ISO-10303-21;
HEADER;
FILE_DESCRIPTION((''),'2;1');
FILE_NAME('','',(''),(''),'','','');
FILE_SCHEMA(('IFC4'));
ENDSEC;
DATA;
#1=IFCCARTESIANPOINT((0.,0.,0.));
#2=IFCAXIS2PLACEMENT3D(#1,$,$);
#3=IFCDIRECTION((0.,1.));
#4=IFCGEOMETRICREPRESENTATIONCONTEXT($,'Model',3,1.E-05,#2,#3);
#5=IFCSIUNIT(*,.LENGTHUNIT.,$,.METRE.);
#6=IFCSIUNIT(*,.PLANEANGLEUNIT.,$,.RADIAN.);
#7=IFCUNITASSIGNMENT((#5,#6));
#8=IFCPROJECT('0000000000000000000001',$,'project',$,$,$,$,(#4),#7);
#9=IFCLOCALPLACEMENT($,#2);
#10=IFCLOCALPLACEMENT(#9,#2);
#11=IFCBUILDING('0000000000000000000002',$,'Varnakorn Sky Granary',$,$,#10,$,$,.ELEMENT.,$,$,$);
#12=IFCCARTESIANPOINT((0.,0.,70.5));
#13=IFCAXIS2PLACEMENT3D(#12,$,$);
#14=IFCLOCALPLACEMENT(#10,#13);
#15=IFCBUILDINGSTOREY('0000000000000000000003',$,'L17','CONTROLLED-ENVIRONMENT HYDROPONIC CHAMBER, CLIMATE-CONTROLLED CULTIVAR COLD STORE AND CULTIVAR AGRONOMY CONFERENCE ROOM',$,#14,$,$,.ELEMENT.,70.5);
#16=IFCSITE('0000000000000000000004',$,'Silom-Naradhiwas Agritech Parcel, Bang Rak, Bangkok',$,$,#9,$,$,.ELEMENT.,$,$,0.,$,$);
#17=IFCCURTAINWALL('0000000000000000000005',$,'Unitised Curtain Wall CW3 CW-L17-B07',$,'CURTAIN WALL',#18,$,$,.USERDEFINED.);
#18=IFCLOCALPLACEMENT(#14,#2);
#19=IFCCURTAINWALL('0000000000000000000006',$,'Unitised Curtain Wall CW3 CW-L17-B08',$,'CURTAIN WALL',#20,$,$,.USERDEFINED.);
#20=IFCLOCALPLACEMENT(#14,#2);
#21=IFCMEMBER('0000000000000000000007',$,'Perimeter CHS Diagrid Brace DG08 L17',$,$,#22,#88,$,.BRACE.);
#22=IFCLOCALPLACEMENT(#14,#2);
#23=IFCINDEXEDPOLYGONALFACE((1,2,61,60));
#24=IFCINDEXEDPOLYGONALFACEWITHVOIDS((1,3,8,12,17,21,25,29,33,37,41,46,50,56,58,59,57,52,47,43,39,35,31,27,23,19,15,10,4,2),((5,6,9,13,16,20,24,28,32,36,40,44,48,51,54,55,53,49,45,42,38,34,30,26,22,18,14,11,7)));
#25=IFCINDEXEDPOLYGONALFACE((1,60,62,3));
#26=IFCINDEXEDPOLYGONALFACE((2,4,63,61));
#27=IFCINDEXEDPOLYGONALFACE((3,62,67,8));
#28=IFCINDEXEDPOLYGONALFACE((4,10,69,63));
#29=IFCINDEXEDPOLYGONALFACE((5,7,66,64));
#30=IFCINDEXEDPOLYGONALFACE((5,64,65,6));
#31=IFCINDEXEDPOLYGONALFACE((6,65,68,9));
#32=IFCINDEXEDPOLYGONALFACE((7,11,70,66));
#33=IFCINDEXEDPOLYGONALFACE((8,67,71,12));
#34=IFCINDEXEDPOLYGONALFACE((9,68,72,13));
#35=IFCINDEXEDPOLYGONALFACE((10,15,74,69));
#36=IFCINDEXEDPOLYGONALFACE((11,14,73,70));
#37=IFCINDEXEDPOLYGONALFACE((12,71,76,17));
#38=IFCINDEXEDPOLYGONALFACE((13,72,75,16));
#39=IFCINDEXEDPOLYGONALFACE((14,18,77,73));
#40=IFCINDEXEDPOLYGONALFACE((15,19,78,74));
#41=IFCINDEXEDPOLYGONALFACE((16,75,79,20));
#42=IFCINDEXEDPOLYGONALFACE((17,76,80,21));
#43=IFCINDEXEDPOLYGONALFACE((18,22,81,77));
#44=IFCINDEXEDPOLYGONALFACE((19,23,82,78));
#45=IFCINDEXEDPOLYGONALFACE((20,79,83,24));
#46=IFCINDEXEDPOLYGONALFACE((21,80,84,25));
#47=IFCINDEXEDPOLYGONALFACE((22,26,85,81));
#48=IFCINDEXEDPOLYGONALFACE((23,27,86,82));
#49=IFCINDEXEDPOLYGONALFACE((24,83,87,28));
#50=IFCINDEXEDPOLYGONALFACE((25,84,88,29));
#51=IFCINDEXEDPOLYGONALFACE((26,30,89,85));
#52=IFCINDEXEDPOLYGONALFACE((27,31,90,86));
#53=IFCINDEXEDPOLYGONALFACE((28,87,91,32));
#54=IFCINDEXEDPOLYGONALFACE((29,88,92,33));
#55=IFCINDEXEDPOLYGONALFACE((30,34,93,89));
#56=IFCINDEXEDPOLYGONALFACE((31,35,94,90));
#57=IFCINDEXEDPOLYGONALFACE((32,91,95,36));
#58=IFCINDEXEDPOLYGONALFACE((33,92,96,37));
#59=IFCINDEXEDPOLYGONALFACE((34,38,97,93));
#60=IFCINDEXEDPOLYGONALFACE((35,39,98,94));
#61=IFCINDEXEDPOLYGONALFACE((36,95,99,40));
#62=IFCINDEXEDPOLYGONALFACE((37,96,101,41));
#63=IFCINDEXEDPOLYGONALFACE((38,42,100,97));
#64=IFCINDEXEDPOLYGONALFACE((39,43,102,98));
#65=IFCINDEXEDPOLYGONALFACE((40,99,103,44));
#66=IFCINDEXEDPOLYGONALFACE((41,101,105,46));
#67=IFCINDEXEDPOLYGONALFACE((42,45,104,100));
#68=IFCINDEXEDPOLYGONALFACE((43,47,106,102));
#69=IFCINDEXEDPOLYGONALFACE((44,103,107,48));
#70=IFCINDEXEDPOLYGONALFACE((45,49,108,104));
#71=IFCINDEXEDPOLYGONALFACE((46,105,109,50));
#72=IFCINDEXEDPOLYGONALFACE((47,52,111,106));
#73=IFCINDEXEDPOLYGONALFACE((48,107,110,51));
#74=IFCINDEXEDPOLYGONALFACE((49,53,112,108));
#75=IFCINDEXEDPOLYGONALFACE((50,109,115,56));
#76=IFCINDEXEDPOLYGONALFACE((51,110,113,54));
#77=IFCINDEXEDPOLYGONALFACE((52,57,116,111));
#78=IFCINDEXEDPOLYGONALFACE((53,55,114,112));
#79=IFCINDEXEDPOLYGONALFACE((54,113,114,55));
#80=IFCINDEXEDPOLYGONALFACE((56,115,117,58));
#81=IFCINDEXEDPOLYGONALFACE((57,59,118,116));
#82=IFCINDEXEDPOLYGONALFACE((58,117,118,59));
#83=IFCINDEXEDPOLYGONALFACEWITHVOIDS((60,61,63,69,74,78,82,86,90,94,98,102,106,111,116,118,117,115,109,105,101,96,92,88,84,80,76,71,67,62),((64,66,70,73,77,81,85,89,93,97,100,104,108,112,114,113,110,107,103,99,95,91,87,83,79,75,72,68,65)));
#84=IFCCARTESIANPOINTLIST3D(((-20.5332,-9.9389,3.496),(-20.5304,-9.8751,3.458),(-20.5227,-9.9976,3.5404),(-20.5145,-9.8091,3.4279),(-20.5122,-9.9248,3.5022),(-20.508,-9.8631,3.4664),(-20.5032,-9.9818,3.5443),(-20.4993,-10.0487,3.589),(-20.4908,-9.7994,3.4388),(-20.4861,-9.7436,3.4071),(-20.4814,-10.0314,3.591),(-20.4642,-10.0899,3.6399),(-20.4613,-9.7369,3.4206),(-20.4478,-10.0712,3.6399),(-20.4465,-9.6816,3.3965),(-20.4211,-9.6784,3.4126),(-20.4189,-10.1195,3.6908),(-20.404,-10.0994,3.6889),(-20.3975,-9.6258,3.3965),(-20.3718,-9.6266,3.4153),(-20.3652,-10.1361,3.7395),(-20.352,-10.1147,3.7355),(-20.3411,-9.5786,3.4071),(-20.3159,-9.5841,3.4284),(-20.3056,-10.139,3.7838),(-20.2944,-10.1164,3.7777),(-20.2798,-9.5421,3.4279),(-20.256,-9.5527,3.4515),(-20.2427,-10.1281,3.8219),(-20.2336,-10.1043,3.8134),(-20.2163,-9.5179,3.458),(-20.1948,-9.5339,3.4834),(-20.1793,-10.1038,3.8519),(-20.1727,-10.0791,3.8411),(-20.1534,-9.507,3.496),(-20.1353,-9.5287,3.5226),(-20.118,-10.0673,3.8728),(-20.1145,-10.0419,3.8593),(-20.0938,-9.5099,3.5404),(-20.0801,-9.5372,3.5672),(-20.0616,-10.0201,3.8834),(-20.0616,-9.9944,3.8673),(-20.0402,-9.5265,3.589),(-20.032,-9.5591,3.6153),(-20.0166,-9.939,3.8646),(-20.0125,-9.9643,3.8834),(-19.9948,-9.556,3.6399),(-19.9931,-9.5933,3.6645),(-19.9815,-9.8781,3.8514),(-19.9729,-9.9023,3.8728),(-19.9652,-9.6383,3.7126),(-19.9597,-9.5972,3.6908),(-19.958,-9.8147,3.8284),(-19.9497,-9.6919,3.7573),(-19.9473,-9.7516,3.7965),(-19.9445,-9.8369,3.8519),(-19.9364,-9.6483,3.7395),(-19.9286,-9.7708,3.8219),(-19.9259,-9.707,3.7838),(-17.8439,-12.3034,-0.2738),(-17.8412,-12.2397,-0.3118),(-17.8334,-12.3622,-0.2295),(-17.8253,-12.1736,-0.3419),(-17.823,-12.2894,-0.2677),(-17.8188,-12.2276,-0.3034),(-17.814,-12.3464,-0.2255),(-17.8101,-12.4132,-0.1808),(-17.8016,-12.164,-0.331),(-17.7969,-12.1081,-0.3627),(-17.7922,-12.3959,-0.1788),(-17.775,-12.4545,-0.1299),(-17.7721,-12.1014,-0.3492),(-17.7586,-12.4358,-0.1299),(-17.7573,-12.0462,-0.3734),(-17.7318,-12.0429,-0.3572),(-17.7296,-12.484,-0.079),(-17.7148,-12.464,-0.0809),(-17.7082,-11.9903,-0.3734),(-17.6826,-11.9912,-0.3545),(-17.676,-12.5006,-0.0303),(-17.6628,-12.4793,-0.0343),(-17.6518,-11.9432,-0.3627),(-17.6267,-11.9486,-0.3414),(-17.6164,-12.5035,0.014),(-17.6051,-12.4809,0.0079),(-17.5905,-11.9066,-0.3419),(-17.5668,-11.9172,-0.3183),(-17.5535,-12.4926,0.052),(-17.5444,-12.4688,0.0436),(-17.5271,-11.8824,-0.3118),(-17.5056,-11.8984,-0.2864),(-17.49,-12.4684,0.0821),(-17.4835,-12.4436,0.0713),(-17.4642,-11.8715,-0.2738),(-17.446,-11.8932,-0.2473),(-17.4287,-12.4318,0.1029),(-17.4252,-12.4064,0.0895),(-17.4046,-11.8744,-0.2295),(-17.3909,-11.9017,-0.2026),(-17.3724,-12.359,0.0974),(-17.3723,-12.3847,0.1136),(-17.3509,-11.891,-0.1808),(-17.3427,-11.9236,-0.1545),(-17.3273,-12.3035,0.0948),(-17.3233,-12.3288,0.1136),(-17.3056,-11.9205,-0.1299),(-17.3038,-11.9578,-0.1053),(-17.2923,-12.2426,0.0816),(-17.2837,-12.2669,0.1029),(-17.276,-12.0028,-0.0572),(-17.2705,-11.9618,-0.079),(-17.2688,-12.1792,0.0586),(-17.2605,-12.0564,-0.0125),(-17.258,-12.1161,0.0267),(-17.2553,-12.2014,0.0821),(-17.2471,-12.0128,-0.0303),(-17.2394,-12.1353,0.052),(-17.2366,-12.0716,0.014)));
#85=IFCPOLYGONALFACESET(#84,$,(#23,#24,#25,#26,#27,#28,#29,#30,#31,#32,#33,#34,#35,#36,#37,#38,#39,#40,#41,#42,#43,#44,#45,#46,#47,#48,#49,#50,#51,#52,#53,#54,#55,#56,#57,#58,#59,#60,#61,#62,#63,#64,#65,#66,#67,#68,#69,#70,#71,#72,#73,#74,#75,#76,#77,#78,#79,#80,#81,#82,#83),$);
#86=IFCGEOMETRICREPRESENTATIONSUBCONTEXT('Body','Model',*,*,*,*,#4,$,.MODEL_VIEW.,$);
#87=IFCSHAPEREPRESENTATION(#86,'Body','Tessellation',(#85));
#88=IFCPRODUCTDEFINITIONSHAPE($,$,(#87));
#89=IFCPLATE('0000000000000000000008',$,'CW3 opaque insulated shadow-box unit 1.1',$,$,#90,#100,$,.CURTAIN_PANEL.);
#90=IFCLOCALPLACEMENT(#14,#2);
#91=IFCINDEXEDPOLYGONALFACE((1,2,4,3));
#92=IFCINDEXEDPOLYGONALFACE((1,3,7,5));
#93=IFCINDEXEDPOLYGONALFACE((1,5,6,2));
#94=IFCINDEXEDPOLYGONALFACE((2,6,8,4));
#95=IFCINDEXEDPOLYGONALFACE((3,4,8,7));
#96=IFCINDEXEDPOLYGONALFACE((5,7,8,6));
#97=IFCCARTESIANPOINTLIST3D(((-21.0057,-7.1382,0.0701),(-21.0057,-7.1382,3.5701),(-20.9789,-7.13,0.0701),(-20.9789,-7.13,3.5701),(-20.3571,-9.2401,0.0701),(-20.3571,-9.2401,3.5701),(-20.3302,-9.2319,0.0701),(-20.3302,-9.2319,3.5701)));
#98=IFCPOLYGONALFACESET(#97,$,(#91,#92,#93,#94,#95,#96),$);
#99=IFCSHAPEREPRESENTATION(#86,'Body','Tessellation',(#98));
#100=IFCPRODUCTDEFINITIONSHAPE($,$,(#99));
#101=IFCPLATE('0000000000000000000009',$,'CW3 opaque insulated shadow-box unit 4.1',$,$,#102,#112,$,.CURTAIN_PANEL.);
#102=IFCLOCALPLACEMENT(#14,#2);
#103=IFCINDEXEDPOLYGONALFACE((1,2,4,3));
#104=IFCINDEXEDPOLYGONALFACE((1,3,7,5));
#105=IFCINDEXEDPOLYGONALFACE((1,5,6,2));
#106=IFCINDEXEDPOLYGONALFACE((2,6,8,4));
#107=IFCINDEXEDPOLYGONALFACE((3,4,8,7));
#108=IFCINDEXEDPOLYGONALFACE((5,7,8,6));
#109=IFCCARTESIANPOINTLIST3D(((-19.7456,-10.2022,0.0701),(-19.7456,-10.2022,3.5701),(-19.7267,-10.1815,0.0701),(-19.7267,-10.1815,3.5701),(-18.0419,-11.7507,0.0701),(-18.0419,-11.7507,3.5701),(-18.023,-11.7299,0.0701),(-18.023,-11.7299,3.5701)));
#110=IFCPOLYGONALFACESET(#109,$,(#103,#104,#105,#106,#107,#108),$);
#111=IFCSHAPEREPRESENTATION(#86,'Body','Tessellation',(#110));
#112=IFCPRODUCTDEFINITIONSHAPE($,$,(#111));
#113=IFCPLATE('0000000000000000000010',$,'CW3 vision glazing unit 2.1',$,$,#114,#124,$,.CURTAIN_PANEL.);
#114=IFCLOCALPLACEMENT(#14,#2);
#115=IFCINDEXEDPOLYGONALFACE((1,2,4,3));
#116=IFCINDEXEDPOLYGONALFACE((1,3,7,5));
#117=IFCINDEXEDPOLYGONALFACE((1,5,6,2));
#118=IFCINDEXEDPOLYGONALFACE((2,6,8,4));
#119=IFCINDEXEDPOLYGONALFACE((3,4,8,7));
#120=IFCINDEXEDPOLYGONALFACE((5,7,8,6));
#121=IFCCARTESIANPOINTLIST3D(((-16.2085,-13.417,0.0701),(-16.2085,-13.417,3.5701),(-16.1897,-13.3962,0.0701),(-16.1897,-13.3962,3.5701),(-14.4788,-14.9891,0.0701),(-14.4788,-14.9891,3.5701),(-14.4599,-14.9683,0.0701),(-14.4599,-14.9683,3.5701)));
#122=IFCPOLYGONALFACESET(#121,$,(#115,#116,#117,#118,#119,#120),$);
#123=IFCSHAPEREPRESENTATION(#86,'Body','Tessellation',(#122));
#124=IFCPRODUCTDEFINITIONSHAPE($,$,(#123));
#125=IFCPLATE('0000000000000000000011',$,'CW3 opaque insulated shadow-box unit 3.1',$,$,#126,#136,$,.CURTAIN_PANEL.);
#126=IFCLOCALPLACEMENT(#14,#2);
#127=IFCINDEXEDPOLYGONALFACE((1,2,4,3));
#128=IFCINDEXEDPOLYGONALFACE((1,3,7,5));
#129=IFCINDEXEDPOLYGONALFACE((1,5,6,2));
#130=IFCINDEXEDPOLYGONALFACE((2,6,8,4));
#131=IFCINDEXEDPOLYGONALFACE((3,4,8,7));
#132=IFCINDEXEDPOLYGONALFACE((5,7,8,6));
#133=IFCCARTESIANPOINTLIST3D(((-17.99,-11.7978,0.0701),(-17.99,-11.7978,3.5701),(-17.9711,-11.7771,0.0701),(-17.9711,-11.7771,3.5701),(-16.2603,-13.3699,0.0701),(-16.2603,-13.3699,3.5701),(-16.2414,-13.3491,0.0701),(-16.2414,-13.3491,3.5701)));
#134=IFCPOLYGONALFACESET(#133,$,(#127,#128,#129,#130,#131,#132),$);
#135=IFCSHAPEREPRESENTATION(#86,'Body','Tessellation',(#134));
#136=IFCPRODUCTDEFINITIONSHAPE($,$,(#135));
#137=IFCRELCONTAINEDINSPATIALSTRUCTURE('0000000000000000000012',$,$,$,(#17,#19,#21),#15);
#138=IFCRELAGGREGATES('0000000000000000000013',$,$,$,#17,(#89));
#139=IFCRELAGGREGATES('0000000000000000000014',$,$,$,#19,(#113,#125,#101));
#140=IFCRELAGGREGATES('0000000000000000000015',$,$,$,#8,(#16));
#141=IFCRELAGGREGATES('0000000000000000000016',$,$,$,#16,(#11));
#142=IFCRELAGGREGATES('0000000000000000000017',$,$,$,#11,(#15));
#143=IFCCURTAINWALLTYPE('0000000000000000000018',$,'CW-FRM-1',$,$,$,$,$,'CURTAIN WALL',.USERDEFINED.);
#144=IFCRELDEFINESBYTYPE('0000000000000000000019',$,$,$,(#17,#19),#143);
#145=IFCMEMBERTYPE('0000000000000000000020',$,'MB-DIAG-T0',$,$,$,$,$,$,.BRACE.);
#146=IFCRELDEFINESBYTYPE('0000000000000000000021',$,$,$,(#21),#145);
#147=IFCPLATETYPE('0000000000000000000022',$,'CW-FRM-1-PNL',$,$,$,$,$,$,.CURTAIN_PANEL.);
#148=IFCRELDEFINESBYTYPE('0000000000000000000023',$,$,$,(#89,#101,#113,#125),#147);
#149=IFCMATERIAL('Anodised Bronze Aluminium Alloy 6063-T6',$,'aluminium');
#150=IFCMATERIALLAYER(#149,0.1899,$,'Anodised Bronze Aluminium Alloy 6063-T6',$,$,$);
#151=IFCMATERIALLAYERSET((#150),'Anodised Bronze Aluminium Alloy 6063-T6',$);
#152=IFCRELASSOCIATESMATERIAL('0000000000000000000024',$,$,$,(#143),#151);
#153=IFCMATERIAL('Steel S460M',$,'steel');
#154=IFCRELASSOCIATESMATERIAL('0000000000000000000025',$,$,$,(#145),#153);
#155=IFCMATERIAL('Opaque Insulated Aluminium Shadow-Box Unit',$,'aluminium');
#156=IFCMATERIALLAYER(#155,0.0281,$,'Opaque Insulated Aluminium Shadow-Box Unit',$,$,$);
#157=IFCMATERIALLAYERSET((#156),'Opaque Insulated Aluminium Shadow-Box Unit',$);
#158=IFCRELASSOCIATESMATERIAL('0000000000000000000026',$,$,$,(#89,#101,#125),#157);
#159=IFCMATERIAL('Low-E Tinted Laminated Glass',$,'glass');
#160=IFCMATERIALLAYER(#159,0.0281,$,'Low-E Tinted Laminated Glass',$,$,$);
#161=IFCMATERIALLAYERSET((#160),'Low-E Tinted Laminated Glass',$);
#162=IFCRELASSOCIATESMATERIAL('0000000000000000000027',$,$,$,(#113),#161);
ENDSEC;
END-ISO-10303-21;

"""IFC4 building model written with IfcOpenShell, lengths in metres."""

from ifc_helpers import new_model, si_unit, direction, frame, origin, origin_2d, place, context, subcontext, project, spatial, rectangle, hollow_circle, extrude, source, transform, mapped, material, layer, layer_set, material_profile, profile_set, type_object, type_shapes, element, aggregate, save


model = new_model("IFC4")

# Units and contexts
model_context = context("Model", 3, precision=1e-05, world=origin(), true_north=direction((0.0, 1.0)))
body_context = subcontext(model_context, "Body", "Model", "MODEL_VIEW")
ifc_project = project(units=[si_unit("LENGTHUNIT", "METRE"), si_unit("PLANEANGLEUNIT", "RADIAN")], contexts=[model_context])

# Site, building, storey
site_placement = place(None, origin())
site = spatial("IfcSite", under=ifc_project, at=site_placement, Name="Silom-Naradhiwas Agritech Parcel, Bang Rak, Bangkok", CompositionType="ELEMENT", RefElevation=0.0)
building_placement = place(site_placement, origin())
building = spatial("IfcBuilding", under=site, at=building_placement, Name="Varnakorn Sky Granary", CompositionType="ELEMENT")
storey_placement = place(building_placement, frame((0.0, 0.0, 70.5)))
storey = spatial("IfcBuildingStorey", under=building, at=storey_placement, Name="L17", Description="CONTROLLED-ENVIRONMENT HYDROPONIC CHAMBER, CLIMATE-CONTROLLED CULTIVAR COLD STORE AND CULTIVAR AGRONOMY CONFERENCE ROOM", CompositionType="ELEMENT", Elevation=70.5)

# Shared definitions
ifc_material_1 = material(Name="Steel S460M", Category="steel")

# Curtain wall
ifc_material_2 = material(Name="Anodised Bronze Aluminium Alloy 6063-T6", Category="aluminium")
ifc_layer_1 = layer(ifc_material_2, 0.1899, Name="Anodised Bronze Aluminium Alloy 6063-T6")
ifc_layer_set_1 = layer_set([ifc_layer_1], Name="Anodised Bronze Aluminium Alloy 6063-T6")
curtain_wall_type = type_object("IfcCurtainWallType", Name="CW-FRM-1", ElementType="CURTAIN WALL", PredefinedType="USERDEFINED", material=ifc_layer_set_1)
curtain_wall_1_placement = place(storey_placement, origin())
curtain_wall_1 = element("IfcCurtainWall", 1, at=curtain_wall_1_placement, inside=storey, type_object=curtain_wall_type, Name="Unitised Curtain Wall CW3 CW-L17-B07", ObjectType="CURTAIN WALL", PredefinedType="USERDEFINED")

# Curtain wall
curtain_wall_2_placement = place(storey_placement, origin())
curtain_wall_2 = element("IfcCurtainWall", 2, at=curtain_wall_2_placement, inside=storey, type_object=curtain_wall_type, Name="Unitised Curtain Wall CW3 CW-L17-B08", ObjectType="CURTAIN WALL", PredefinedType="USERDEFINED")

# Member
ifc_material_profile_1 = material_profile(ifc_material_1, hollow_circle(Radius=0.3555, WallThickness=0.0249, at=origin_2d()), Name="CHS 711x25")
ifc_profile_set_1 = profile_set([ifc_material_profile_1], Name="Steel S460M")
member_type_1 = type_object("IfcMemberType", Name="MB-DIAG-T0", PredefinedType="BRACE", material=ifc_profile_set_1)
member_1_placement = place(storey_placement, frame((-17.5403, -12.1875, -0.1299), z_axis=(-0.517214, 0.454763, 0.725038), x_axis=(-0.660313, -0.750991, 0.0)))
element("IfcMember", 3, at=member_1_placement, inside=storey, type_object=member_type_1, Name="Perimeter CHS Diagrid Brace DG08 L17", PredefinedType="BRACE", context=body_context, shape_type="SweptSolid", body=[
    extrude(hollow_circle(Radius=0.3555, WallThickness=0.0249, at=origin_2d()), origin(), (0.0, 0.0, 1.0), 5.1995),
])

# Plates
ifc_material_3 = material(Name="Opaque Insulated Aluminium Shadow-Box Unit", Category="aluminium")
ifc_layer_2 = layer(ifc_material_3, 0.0281, Name="Opaque Insulated Aluminium Shadow-Box Unit")
ifc_layer_set_2 = layer_set([ifc_layer_2], Name="Opaque Insulated Aluminium Shadow-Box Unit")
plate_type = type_object("IfcPlateType", Name="CW-FRM-1-PNL", PredefinedType="CURTAIN_PANEL")
shared_shape_1 = source(origin(), body_context, "Body", "SweptSolid", [
    extrude(rectangle(XDim=2.1997, YDim=0.0281, at=origin_2d()), origin(), (0.0, 0.0, 1.0), 3.5),
])
plate_1_placement = place(storey_placement, frame((-20.668, -8.1851, 0.0701), z_axis=(0.0, 0.0, 1.0), x_axis=(-0.294872, 0.955537, 0.0)))
plate_1 = element("IfcPlate", 4, at=plate_1_placement, type_object=plate_type, material=ifc_layer_set_2, Name="CW3 opaque insulated shadow-box unit 1.1", PredefinedType="CURTAIN_PANEL", context=body_context, shape_type="MappedRepresentation", body=[
    mapped(shared_shape_1, transform((0.0, 0.0, 0.0), x_axis=(1.0, 0.0, 0.0), y_axis=(0.0, 1.0, 0.0), z_axis=(0.0, 0.0, 1.0), scale=1.0)),
])
aggregate(curtain_wall_1, [plate_1])
shared_shape_2 = source(origin(), body_context, "Body", "SweptSolid", [
    extrude(rectangle(XDim=2.3022, YDim=0.0281, at=origin_2d()), origin(), (0.0, 0.0, 1.0), 3.5),
])
plate_2_placement = place(storey_placement, frame((-18.8843, -10.9661, 0.0701), z_axis=(0.0, 0.0, 1.0), x_axis=(-0.740022, 0.672582, 0.0)))
plate_2 = element("IfcPlate", 5, at=plate_2_placement, type_object=plate_type, material=ifc_layer_set_2, Name="CW3 opaque insulated shadow-box unit 4.1", PredefinedType="CURTAIN_PANEL", context=body_context, shape_type="MappedRepresentation", body=[
    mapped(shared_shape_2, transform((0.0, 0.0, 0.0), x_axis=(1.0, 0.0, 0.0), y_axis=(0.0, 1.0, 0.0), z_axis=(0.0, 0.0, 1.0), scale=1.0)),
])
ifc_material_4 = material(Name="Low-E Tinted Laminated Glass", Category="glass")
ifc_layer_3 = layer(ifc_material_4, 0.0281, Name="Low-E Tinted Laminated Glass")
ifc_layer_set_3 = layer_set([ifc_layer_3], Name="Low-E Tinted Laminated Glass")
shared_shape_3 = source(origin(), body_context, "Body", "SweptSolid", [
    extrude(rectangle(XDim=2.3374, YDim=0.0281, at=origin_2d()), origin(), (0.0, 0.0, 1.0), 3.5),
])
type_shapes(plate_type, [shared_shape_1, shared_shape_2, shared_shape_3])
plate_3_placement = place(storey_placement, frame((-15.3342, -14.1926, 0.0701), z_axis=(0.0, 0.0, 1.0), x_axis=(-0.740022, 0.672582, 0.0)))
plate_3 = element("IfcPlate", 6, at=plate_3_placement, type_object=plate_type, material=ifc_layer_set_3, Name="CW3 vision glazing unit 2.1", PredefinedType="CURTAIN_PANEL", context=body_context, shape_type="MappedRepresentation", body=[
    mapped(shared_shape_3, transform((0.0, 0.0, 0.0), x_axis=(1.0, 0.0, 0.0), y_axis=(0.0, 1.0, 0.0), z_axis=(0.0, 0.0, 1.0), scale=1.0)),
])
plate_4_placement = place(storey_placement, frame((-17.1157, -12.5735, 0.0701), z_axis=(0.0, 0.0, 1.0), x_axis=(-0.740022, 0.672582, 0.0)))
plate_4 = element("IfcPlate", 7, at=plate_4_placement, type_object=plate_type, material=ifc_layer_set_2, Name="CW3 opaque insulated shadow-box unit 3.1", PredefinedType="CURTAIN_PANEL", context=body_context, shape_type="MappedRepresentation", body=[
    mapped(shared_shape_3, transform((0.0, 0.0, 0.0), x_axis=(1.0, 0.0, 0.0), y_axis=(0.0, 1.0, 0.0), z_axis=(0.0, 0.0, 1.0), scale=1.0)),
])
aggregate(curtain_wall_2, [plate_3, plate_4, plate_2])

save(model, "model.ifc")
